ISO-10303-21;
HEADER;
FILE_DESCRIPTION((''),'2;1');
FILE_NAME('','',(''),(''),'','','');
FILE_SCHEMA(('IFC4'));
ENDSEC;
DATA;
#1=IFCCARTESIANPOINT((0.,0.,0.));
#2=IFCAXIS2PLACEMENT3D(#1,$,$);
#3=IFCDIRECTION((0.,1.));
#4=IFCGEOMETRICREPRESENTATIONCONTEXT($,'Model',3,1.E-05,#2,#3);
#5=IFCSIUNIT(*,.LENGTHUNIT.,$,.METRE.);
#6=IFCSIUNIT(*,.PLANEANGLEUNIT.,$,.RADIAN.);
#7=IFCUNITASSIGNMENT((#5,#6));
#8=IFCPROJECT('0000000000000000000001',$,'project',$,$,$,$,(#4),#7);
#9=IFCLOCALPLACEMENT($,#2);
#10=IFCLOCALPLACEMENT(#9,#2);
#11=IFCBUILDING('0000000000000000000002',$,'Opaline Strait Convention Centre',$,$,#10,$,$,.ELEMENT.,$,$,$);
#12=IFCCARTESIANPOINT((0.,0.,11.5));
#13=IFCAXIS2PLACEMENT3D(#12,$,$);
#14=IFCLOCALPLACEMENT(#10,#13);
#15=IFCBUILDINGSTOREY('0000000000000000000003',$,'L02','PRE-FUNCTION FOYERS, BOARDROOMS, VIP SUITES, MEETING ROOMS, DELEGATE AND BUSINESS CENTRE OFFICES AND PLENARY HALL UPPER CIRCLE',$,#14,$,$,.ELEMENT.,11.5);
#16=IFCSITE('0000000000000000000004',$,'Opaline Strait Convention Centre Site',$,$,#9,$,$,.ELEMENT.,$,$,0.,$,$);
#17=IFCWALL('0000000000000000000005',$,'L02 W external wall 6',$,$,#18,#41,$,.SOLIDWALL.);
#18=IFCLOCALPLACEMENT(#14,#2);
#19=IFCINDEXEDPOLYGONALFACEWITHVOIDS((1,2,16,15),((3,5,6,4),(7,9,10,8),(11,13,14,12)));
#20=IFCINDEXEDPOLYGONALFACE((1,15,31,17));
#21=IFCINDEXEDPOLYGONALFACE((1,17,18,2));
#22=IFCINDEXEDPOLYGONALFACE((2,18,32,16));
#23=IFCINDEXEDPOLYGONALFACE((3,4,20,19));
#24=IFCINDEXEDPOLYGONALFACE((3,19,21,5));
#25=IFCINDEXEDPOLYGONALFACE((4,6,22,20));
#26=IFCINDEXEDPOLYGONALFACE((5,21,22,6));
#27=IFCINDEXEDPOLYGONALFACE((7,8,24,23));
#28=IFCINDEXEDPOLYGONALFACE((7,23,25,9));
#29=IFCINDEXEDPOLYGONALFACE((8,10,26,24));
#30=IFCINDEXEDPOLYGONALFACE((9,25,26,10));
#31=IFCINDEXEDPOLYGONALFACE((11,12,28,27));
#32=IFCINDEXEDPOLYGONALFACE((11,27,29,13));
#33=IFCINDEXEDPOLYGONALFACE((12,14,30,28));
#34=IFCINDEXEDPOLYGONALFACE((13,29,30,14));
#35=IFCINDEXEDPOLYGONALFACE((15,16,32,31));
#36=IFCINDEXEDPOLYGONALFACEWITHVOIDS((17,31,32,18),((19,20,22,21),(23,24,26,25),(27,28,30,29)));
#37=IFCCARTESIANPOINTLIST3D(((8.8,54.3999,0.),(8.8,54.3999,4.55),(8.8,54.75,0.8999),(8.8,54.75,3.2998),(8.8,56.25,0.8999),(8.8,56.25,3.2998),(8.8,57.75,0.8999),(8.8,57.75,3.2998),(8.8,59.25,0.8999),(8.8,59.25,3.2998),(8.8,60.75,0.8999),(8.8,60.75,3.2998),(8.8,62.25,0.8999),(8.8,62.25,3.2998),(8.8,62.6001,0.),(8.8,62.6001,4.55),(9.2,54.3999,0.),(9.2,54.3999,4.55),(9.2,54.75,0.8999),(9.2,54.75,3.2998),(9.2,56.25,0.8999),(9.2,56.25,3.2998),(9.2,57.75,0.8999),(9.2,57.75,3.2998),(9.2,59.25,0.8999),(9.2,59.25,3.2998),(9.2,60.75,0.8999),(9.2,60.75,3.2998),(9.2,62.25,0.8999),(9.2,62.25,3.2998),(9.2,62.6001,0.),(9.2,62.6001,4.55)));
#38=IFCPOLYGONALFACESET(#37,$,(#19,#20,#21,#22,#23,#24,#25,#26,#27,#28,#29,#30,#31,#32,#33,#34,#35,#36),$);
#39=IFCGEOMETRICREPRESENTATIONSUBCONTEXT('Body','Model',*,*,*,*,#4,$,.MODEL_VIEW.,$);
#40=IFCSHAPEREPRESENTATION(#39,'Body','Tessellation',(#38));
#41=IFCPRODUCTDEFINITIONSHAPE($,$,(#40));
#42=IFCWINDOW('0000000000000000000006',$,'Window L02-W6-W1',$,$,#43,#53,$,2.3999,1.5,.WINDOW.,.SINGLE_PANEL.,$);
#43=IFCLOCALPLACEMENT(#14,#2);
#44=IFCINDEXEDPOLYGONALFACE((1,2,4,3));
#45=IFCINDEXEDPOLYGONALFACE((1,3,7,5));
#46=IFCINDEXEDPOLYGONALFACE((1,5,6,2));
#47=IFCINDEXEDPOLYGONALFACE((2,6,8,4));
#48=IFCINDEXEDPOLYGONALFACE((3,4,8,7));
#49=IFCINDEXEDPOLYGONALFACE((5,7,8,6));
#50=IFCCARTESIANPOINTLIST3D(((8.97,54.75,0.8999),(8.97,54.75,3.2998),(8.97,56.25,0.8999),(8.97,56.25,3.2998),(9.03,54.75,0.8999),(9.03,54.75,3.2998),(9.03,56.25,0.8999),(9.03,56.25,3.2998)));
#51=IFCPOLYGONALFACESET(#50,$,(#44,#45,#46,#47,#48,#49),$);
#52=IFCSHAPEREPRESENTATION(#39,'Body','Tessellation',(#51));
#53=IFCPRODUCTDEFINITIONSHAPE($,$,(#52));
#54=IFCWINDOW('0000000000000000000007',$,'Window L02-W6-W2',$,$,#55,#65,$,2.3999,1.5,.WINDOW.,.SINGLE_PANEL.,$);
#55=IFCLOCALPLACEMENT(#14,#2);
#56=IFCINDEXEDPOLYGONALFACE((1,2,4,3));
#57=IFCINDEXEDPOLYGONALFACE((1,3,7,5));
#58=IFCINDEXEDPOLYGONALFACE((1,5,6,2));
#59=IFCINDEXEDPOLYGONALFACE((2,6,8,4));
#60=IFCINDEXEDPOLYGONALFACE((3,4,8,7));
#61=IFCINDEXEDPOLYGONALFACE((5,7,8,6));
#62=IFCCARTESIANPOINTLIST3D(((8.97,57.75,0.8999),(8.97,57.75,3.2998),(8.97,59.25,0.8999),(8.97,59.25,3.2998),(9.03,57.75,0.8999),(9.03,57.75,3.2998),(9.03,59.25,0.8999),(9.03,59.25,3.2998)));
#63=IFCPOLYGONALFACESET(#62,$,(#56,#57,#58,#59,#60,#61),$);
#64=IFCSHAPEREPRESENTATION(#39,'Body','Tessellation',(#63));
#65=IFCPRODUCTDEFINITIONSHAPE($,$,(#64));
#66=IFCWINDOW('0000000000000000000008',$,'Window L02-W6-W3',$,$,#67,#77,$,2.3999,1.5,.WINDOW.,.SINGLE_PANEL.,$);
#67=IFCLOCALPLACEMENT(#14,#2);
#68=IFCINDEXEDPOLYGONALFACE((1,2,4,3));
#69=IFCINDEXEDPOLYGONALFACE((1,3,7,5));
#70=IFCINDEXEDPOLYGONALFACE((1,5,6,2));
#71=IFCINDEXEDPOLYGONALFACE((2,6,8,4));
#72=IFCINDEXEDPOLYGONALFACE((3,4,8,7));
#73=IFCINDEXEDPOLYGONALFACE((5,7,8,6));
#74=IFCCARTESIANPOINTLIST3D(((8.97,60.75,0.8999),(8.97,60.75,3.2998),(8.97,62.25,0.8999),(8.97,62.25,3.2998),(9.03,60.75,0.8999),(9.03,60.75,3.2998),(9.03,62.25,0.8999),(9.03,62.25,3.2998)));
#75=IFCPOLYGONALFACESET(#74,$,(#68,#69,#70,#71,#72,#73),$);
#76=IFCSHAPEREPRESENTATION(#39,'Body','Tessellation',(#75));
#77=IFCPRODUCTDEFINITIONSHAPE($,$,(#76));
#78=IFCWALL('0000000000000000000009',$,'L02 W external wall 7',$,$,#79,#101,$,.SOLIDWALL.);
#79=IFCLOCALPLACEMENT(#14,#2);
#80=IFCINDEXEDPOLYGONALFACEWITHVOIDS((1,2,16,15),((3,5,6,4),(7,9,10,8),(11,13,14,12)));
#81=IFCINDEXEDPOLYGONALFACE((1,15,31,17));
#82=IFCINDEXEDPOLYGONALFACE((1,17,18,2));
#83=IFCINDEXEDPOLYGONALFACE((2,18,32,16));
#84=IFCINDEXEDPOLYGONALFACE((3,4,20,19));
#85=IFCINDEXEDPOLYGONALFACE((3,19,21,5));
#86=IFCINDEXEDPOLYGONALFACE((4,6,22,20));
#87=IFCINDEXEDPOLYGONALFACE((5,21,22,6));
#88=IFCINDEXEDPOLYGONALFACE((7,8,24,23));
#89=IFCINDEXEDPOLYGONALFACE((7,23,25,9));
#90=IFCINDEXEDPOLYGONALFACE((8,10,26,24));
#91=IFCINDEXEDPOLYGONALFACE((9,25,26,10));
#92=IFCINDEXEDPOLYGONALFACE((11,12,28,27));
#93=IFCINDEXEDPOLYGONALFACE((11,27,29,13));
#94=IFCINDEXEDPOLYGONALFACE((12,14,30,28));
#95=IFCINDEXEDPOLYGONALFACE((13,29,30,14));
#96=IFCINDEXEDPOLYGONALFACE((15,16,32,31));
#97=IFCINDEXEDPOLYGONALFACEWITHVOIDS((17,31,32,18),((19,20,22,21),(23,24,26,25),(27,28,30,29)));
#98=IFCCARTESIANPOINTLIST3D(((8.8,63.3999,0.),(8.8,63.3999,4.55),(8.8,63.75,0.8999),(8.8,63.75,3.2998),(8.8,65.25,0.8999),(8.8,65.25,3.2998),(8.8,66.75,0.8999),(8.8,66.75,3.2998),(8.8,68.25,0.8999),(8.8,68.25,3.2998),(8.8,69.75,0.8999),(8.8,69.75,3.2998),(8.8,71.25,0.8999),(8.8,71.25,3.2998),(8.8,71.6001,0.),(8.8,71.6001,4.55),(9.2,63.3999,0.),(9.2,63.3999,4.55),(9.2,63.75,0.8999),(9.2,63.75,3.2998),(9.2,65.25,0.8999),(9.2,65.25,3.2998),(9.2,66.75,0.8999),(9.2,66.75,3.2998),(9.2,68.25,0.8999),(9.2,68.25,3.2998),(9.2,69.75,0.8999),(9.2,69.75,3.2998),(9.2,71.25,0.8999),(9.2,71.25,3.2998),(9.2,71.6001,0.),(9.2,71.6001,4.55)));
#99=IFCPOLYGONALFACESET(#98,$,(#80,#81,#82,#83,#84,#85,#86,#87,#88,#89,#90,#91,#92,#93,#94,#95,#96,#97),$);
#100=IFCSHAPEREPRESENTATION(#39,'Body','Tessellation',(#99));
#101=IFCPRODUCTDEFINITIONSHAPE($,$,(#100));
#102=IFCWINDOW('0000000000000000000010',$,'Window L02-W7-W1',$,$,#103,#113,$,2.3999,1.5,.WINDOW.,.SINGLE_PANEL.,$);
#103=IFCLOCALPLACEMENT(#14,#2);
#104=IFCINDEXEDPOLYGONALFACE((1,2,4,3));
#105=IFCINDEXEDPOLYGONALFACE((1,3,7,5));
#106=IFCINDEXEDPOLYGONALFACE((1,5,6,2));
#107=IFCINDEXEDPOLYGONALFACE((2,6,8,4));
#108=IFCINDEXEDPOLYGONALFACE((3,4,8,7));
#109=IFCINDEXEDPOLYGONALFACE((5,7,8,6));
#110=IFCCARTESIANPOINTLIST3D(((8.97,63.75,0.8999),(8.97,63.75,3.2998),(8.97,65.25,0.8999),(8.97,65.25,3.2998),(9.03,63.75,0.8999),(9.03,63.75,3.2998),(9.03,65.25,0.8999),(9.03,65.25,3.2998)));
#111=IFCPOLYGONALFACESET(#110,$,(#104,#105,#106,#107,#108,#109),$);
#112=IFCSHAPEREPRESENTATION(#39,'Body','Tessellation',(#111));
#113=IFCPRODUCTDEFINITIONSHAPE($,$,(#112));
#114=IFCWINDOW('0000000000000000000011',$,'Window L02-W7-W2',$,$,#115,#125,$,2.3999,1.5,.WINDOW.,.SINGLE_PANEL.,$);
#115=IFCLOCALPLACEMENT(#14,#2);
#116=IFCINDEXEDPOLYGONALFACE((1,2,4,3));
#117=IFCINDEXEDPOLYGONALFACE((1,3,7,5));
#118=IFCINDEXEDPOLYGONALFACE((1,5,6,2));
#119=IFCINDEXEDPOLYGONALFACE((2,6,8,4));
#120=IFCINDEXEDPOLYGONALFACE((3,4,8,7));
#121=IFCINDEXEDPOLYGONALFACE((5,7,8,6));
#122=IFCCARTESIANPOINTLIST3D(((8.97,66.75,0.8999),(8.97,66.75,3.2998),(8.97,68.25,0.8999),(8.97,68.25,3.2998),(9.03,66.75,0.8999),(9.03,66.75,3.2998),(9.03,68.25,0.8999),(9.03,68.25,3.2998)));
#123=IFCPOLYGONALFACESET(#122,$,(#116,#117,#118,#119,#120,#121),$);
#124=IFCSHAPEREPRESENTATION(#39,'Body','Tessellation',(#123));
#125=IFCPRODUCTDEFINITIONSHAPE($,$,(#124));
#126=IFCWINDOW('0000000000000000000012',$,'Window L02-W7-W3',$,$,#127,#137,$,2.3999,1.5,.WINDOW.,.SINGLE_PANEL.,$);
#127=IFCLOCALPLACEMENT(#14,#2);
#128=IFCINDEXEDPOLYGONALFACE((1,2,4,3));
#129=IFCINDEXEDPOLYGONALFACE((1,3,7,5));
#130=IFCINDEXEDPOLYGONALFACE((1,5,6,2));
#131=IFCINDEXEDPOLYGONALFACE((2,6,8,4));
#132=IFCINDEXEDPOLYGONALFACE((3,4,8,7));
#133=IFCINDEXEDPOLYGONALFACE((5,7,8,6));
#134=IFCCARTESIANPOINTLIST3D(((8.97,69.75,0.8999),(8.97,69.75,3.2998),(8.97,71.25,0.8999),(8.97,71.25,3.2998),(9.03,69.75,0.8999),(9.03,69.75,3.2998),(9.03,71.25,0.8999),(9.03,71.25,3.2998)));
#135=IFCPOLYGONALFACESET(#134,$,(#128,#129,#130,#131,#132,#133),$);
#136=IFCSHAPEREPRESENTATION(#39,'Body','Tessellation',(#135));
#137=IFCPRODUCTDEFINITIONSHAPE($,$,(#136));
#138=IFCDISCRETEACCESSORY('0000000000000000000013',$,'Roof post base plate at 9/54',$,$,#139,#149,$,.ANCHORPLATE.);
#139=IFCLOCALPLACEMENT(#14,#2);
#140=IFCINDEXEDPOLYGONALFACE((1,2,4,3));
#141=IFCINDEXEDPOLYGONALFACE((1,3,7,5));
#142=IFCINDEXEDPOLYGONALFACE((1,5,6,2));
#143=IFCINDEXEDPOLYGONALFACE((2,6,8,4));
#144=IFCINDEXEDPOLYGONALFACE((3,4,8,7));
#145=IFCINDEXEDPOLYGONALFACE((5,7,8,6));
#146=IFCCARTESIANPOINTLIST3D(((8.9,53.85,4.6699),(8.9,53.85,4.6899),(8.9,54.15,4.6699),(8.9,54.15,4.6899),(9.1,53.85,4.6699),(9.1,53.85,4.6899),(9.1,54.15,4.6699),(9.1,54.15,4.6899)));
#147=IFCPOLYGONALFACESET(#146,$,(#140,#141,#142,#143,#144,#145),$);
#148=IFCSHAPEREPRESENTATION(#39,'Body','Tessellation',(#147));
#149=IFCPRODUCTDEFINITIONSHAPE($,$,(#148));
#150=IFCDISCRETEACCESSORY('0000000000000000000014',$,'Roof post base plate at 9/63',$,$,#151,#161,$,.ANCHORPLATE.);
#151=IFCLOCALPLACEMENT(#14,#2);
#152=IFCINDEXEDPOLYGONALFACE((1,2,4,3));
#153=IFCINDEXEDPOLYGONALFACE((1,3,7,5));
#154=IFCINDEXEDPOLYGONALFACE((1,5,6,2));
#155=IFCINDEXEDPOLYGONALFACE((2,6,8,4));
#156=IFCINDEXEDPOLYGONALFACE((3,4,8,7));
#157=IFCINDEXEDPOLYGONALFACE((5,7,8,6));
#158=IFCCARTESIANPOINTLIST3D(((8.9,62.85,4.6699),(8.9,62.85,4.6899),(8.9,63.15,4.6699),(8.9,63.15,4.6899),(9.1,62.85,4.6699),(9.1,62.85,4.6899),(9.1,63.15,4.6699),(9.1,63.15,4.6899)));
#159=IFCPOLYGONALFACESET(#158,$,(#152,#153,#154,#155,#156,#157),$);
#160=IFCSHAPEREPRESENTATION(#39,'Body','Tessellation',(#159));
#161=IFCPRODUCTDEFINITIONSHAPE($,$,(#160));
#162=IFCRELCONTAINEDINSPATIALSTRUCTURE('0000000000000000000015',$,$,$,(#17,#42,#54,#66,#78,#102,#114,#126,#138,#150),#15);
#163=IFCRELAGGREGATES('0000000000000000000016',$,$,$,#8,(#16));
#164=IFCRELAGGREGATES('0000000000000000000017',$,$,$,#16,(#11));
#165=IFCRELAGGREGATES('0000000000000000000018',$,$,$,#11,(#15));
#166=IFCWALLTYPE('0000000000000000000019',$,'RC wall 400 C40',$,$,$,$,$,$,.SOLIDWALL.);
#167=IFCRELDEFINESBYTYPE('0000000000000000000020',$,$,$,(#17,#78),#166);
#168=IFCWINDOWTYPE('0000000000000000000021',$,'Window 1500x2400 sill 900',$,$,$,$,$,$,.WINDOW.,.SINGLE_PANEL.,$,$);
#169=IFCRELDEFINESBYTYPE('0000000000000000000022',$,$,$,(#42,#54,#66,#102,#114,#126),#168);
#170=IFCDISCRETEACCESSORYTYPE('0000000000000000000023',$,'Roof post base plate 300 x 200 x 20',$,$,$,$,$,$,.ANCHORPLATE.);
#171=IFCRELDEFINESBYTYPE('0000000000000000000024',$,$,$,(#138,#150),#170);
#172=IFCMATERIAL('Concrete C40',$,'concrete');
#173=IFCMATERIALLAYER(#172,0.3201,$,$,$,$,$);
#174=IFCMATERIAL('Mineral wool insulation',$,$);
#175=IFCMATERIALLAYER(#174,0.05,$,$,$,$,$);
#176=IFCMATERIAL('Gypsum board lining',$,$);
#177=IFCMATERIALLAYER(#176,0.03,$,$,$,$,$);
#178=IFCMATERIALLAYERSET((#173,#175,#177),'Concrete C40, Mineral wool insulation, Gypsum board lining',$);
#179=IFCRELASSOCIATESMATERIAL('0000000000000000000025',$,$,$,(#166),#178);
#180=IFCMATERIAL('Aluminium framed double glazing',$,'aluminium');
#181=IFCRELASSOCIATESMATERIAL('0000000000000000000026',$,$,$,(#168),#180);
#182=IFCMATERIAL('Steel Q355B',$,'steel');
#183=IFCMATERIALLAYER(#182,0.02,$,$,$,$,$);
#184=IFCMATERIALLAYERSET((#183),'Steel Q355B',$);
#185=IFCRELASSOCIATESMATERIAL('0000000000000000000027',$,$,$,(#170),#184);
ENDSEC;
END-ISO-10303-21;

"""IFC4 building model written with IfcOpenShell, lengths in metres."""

from ifc_helpers import new_model, si_unit, direction, frame, frame_2d, origin, origin_2d, place, context, subcontext, project, spatial, rectangle, extrude, material, layer, layer_set, type_object, element, fill, save


model = new_model("IFC4")

# Units and contexts
model_context = context("Model", 3, precision=1e-05, world=origin(), true_north=direction((0.0, 1.0)))
body_context = subcontext(model_context, "Body", "Model", "MODEL_VIEW")
ifc_project = project(units=[si_unit("LENGTHUNIT", "METRE"), si_unit("PLANEANGLEUNIT", "RADIAN")], contexts=[model_context])

# Site, building, storey
site_placement = place(None, origin())
site = spatial("IfcSite", under=ifc_project, at=site_placement, Name="Opaline Strait Convention Centre Site", CompositionType="ELEMENT", RefElevation=0.0)
building_placement = place(site_placement, origin())
building = spatial("IfcBuilding", under=site, at=building_placement, Name="Opaline Strait Convention Centre", CompositionType="ELEMENT")
storey_placement = place(building_placement, frame((0.0, 0.0, 11.5)))
storey = spatial("IfcBuildingStorey", under=building, at=storey_placement, Name="L02", Description="PRE-FUNCTION FOYERS, BOARDROOMS, VIP SUITES, MEETING ROOMS, DELEGATE AND BUSINESS CENTRE OFFICES AND PLENARY HALL UPPER CIRCLE", CompositionType="ELEMENT", Elevation=11.5)

# Shared definitions
ifc_material_1 = material(Name="Concrete C40", Category="concrete")

# Shared definitions
ifc_material_2 = material(Name="Steel Q355B", Category="steel")

# Shared definitions
ifc_layer_1 = layer(ifc_material_1, 0.3201)
ifc_material_3 = material(Name="Mineral wool insulation")
ifc_layer_2 = layer(ifc_material_3, 0.05)
ifc_material_4 = material(Name="Gypsum board lining")
ifc_layer_3 = layer(ifc_material_4, 0.03)
ifc_layer_set_1 = layer_set([ifc_layer_1, ifc_layer_2, ifc_layer_3], Name="Concrete C40, Mineral wool insulation, Gypsum board lining")
wall_type_1 = type_object("IfcWallType", Name="RC wall 400 C40", PredefinedType="SOLIDWALL", material=ifc_layer_set_1)

# Walls, openings, windows
wall_1_placement = place(storey_placement, frame((9.0, 54.3999, 0.0), z_axis=(0.0, 0.0, 1.0), x_axis=(0.0, 1.0, 0.0)))
wall_1 = element("IfcWall", 1, at=wall_1_placement, inside=storey, type_object=wall_type_1, Name="L02 W external wall 6", PredefinedType="SOLIDWALL", context=body_context, shape_type="SweptSolid", body=[
    extrude(rectangle(XDim=8.2002, YDim=0.3999, at=frame_2d((4.1001, 0.0))), origin(), (0.0, 0.0, 1.0), 4.55),
])
opening_1_placement = place(wall_1_placement, frame((0.3501, 0.0, 0.8999)))
opening_1 = element("IfcOpeningElement", 2, at=opening_1_placement, cuts=wall_1, PredefinedType="OPENING", context=body_context, shape_type="SweptSolid", body=[
    extrude(rectangle(XDim=1.5, YDim=2.3999, at=frame_2d((0.75, 1.2))), frame((0.0, 0.21, 0.0), z_axis=(0.0, -1.0, 0.0), x_axis=(1.0, 0.0, 0.0)), (0.0, 0.0, 1.0), 0.4199),
])
opening_2_placement = place(wall_1_placement, frame((3.3501, 0.0, 0.8999)))
opening_2 = element("IfcOpeningElement", 3, at=opening_2_placement, cuts=wall_1, PredefinedType="OPENING", context=body_context, shape_type="SweptSolid", body=[
    extrude(rectangle(XDim=1.5, YDim=2.3999, at=frame_2d((0.75, 1.2))), frame((0.0, 0.21, 0.0), z_axis=(0.0, -1.0, 0.0), x_axis=(1.0, 0.0, 0.0)), (0.0, 0.0, 1.0), 0.4199),
])
opening_3_placement = place(wall_1_placement, frame((6.3501, 0.0, 0.8999)))
opening_3 = element("IfcOpeningElement", 4, at=opening_3_placement, cuts=wall_1, PredefinedType="OPENING", context=body_context, shape_type="SweptSolid", body=[
    extrude(rectangle(XDim=1.5, YDim=2.3999, at=frame_2d((0.75, 1.2))), frame((0.0, 0.21, 0.0), z_axis=(0.0, -1.0, 0.0), x_axis=(1.0, 0.0, 0.0)), (0.0, 0.0, 1.0), 0.4199),
])
ifc_material_5 = material(Name="Aluminium framed double glazing", Category="aluminium")
window_type = type_object("IfcWindowType", Name="Window 1500x2400 sill 900", PartitioningType="SINGLE_PANEL", PredefinedType="WINDOW", material=ifc_material_5)
window_1_placement = place(opening_1_placement, origin())
window_1 = element("IfcWindow", 5, at=window_1_placement, inside=storey, type_object=window_type, Name="Window L02-W6-W1", OverallHeight=2.3999, OverallWidth=1.5, PartitioningType="SINGLE_PANEL", PredefinedType="WINDOW", context=body_context, shape_type="SweptSolid", body=[
    extrude(rectangle(XDim=1.5, YDim=2.3999, at=frame_2d((0.75, 1.2))), frame((0.0, 0.03, 0.0), z_axis=(0.0, -1.0, 0.0), x_axis=(1.0, 0.0, 0.0)), (0.0, 0.0, 1.0), 0.0601),
])
fill(opening_1, window_1)
window_2_placement = place(opening_2_placement, origin())
window_2 = element("IfcWindow", 6, at=window_2_placement, inside=storey, type_object=window_type, Name="Window L02-W6-W2", OverallHeight=2.3999, OverallWidth=1.5, PartitioningType="SINGLE_PANEL", PredefinedType="WINDOW", context=body_context, shape_type="SweptSolid", body=[
    extrude(rectangle(XDim=1.5, YDim=2.3999, at=frame_2d((0.75, 1.2))), frame((0.0, 0.03, 0.0), z_axis=(0.0, -1.0, 0.0), x_axis=(1.0, 0.0, 0.0)), (0.0, 0.0, 1.0), 0.0601),
])
fill(opening_2, window_2)
window_3_placement = place(opening_3_placement, origin())
window_3 = element("IfcWindow", 7, at=window_3_placement, inside=storey, type_object=window_type, Name="Window L02-W6-W3", OverallHeight=2.3999, OverallWidth=1.5, PartitioningType="SINGLE_PANEL", PredefinedType="WINDOW", context=body_context, shape_type="SweptSolid", body=[
    extrude(rectangle(XDim=1.5, YDim=2.3999, at=frame_2d((0.75, 1.2))), frame((0.0, 0.03, 0.0), z_axis=(0.0, -1.0, 0.0), x_axis=(1.0, 0.0, 0.0)), (0.0, 0.0, 1.0), 0.0601),
])
fill(opening_3, window_3)
wall_2_placement = place(storey_placement, frame((9.0, 63.3999, 0.0), z_axis=(0.0, 0.0, 1.0), x_axis=(0.0, 1.0, 0.0)))
wall_2 = element("IfcWall", 8, at=wall_2_placement, inside=storey, type_object=wall_type_1, Name="L02 W external wall 7", PredefinedType="SOLIDWALL", context=body_context, shape_type="SweptSolid", body=[
    extrude(rectangle(XDim=8.2002, YDim=0.3999, at=frame_2d((4.1001, 0.0))), origin(), (0.0, 0.0, 1.0), 4.55),
])
opening_4_placement = place(wall_2_placement, frame((0.3501, 0.0, 0.8999)))
opening_4 = element("IfcOpeningElement", 9, at=opening_4_placement, cuts=wall_2, PredefinedType="OPENING", context=body_context, shape_type="SweptSolid", body=[
    extrude(rectangle(XDim=1.5, YDim=2.3999, at=frame_2d((0.75, 1.2))), frame((0.0, 0.21, 0.0), z_axis=(0.0, -1.0, 0.0), x_axis=(1.0, 0.0, 0.0)), (0.0, 0.0, 1.0), 0.4199),
])
opening_5_placement = place(wall_2_placement, frame((3.3501, 0.0, 0.8999)))
opening_5 = element("IfcOpeningElement", 10, at=opening_5_placement, cuts=wall_2, PredefinedType="OPENING", context=body_context, shape_type="SweptSolid", body=[
    extrude(rectangle(XDim=1.5, YDim=2.3999, at=frame_2d((0.75, 1.2))), frame((0.0, 0.21, 0.0), z_axis=(0.0, -1.0, 0.0), x_axis=(1.0, 0.0, 0.0)), (0.0, 0.0, 1.0), 0.4199),
])
opening_6_placement = place(wall_2_placement, frame((6.3501, 0.0, 0.8999)))
opening_6 = element("IfcOpeningElement", 11, at=opening_6_placement, cuts=wall_2, PredefinedType="OPENING", context=body_context, shape_type="SweptSolid", body=[
    extrude(rectangle(XDim=1.5, YDim=2.3999, at=frame_2d((0.75, 1.2))), frame((0.0, 0.21, 0.0), z_axis=(0.0, -1.0, 0.0), x_axis=(1.0, 0.0, 0.0)), (0.0, 0.0, 1.0), 0.4199),
])
window_4_placement = place(opening_4_placement, origin())
window_4 = element("IfcWindow", 12, at=window_4_placement, inside=storey, type_object=window_type, Name="Window L02-W7-W1", OverallHeight=2.3999, OverallWidth=1.5, PartitioningType="SINGLE_PANEL", PredefinedType="WINDOW", context=body_context, shape_type="SweptSolid", body=[
    extrude(rectangle(XDim=1.5, YDim=2.3999, at=frame_2d((0.75, 1.2))), frame((0.0, 0.03, 0.0), z_axis=(0.0, -1.0, 0.0), x_axis=(1.0, 0.0, 0.0)), (0.0, 0.0, 1.0), 0.0601),
])
fill(opening_4, window_4)
window_5_placement = place(opening_5_placement, origin())
window_5 = element("IfcWindow", 13, at=window_5_placement, inside=storey, type_object=window_type, Name="Window L02-W7-W2", OverallHeight=2.3999, OverallWidth=1.5, PartitioningType="SINGLE_PANEL", PredefinedType="WINDOW", context=body_context, shape_type="SweptSolid", body=[
    extrude(rectangle(XDim=1.5, YDim=2.3999, at=frame_2d((0.75, 1.2))), frame((0.0, 0.03, 0.0), z_axis=(0.0, -1.0, 0.0), x_axis=(1.0, 0.0, 0.0)), (0.0, 0.0, 1.0), 0.0601),
])
fill(opening_5, window_5)
window_6_placement = place(opening_6_placement, origin())
window_6 = element("IfcWindow", 14, at=window_6_placement, inside=storey, type_object=window_type, Name="Window L02-W7-W3", OverallHeight=2.3999, OverallWidth=1.5, PartitioningType="SINGLE_PANEL", PredefinedType="WINDOW", context=body_context, shape_type="SweptSolid", body=[
    extrude(rectangle(XDim=1.5, YDim=2.3999, at=frame_2d((0.75, 1.2))), frame((0.0, 0.03, 0.0), z_axis=(0.0, -1.0, 0.0), x_axis=(1.0, 0.0, 0.0)), (0.0, 0.0, 1.0), 0.0601),
])
fill(opening_6, window_6)

# Discrete accessories
ifc_layer_4 = layer(ifc_material_2, 0.02)
ifc_layer_set_2 = layer_set([ifc_layer_4], Name="Steel Q355B")
discrete_accessory_type_1 = type_object("IfcDiscreteAccessoryType", Name="Roof post base plate 300 x 200 x 20", PredefinedType="ANCHORPLATE", material=ifc_layer_set_2)
for number, where, z_axis, x_axis, name in (
    (15, (9.0, 54.0, 4.6699), (0.0, 0.0, 1.0), (1.0, 0.0, 0.0), "Roof post base plate at 9/54"),
    (16, (9.0, 63.0, 4.6699), (0.0, 0.0, 1.0), (1.0, 0.0, 0.0), "Roof post base plate at 9/63"),
):
    element("IfcDiscreteAccessory", number, at=place(storey_placement, frame(where, z_axis=z_axis, x_axis=x_axis)), inside=storey, type_object=discrete_accessory_type_1, Name=name, PredefinedType="ANCHORPLATE", context=body_context, shape_type="SweptSolid", body=[
        extrude(rectangle(XDim=0.2, YDim=0.3, at=origin_2d()), origin(), (0.0, 0.0, 1.0), 0.02),
    ])

save(model, "model.ifc")
